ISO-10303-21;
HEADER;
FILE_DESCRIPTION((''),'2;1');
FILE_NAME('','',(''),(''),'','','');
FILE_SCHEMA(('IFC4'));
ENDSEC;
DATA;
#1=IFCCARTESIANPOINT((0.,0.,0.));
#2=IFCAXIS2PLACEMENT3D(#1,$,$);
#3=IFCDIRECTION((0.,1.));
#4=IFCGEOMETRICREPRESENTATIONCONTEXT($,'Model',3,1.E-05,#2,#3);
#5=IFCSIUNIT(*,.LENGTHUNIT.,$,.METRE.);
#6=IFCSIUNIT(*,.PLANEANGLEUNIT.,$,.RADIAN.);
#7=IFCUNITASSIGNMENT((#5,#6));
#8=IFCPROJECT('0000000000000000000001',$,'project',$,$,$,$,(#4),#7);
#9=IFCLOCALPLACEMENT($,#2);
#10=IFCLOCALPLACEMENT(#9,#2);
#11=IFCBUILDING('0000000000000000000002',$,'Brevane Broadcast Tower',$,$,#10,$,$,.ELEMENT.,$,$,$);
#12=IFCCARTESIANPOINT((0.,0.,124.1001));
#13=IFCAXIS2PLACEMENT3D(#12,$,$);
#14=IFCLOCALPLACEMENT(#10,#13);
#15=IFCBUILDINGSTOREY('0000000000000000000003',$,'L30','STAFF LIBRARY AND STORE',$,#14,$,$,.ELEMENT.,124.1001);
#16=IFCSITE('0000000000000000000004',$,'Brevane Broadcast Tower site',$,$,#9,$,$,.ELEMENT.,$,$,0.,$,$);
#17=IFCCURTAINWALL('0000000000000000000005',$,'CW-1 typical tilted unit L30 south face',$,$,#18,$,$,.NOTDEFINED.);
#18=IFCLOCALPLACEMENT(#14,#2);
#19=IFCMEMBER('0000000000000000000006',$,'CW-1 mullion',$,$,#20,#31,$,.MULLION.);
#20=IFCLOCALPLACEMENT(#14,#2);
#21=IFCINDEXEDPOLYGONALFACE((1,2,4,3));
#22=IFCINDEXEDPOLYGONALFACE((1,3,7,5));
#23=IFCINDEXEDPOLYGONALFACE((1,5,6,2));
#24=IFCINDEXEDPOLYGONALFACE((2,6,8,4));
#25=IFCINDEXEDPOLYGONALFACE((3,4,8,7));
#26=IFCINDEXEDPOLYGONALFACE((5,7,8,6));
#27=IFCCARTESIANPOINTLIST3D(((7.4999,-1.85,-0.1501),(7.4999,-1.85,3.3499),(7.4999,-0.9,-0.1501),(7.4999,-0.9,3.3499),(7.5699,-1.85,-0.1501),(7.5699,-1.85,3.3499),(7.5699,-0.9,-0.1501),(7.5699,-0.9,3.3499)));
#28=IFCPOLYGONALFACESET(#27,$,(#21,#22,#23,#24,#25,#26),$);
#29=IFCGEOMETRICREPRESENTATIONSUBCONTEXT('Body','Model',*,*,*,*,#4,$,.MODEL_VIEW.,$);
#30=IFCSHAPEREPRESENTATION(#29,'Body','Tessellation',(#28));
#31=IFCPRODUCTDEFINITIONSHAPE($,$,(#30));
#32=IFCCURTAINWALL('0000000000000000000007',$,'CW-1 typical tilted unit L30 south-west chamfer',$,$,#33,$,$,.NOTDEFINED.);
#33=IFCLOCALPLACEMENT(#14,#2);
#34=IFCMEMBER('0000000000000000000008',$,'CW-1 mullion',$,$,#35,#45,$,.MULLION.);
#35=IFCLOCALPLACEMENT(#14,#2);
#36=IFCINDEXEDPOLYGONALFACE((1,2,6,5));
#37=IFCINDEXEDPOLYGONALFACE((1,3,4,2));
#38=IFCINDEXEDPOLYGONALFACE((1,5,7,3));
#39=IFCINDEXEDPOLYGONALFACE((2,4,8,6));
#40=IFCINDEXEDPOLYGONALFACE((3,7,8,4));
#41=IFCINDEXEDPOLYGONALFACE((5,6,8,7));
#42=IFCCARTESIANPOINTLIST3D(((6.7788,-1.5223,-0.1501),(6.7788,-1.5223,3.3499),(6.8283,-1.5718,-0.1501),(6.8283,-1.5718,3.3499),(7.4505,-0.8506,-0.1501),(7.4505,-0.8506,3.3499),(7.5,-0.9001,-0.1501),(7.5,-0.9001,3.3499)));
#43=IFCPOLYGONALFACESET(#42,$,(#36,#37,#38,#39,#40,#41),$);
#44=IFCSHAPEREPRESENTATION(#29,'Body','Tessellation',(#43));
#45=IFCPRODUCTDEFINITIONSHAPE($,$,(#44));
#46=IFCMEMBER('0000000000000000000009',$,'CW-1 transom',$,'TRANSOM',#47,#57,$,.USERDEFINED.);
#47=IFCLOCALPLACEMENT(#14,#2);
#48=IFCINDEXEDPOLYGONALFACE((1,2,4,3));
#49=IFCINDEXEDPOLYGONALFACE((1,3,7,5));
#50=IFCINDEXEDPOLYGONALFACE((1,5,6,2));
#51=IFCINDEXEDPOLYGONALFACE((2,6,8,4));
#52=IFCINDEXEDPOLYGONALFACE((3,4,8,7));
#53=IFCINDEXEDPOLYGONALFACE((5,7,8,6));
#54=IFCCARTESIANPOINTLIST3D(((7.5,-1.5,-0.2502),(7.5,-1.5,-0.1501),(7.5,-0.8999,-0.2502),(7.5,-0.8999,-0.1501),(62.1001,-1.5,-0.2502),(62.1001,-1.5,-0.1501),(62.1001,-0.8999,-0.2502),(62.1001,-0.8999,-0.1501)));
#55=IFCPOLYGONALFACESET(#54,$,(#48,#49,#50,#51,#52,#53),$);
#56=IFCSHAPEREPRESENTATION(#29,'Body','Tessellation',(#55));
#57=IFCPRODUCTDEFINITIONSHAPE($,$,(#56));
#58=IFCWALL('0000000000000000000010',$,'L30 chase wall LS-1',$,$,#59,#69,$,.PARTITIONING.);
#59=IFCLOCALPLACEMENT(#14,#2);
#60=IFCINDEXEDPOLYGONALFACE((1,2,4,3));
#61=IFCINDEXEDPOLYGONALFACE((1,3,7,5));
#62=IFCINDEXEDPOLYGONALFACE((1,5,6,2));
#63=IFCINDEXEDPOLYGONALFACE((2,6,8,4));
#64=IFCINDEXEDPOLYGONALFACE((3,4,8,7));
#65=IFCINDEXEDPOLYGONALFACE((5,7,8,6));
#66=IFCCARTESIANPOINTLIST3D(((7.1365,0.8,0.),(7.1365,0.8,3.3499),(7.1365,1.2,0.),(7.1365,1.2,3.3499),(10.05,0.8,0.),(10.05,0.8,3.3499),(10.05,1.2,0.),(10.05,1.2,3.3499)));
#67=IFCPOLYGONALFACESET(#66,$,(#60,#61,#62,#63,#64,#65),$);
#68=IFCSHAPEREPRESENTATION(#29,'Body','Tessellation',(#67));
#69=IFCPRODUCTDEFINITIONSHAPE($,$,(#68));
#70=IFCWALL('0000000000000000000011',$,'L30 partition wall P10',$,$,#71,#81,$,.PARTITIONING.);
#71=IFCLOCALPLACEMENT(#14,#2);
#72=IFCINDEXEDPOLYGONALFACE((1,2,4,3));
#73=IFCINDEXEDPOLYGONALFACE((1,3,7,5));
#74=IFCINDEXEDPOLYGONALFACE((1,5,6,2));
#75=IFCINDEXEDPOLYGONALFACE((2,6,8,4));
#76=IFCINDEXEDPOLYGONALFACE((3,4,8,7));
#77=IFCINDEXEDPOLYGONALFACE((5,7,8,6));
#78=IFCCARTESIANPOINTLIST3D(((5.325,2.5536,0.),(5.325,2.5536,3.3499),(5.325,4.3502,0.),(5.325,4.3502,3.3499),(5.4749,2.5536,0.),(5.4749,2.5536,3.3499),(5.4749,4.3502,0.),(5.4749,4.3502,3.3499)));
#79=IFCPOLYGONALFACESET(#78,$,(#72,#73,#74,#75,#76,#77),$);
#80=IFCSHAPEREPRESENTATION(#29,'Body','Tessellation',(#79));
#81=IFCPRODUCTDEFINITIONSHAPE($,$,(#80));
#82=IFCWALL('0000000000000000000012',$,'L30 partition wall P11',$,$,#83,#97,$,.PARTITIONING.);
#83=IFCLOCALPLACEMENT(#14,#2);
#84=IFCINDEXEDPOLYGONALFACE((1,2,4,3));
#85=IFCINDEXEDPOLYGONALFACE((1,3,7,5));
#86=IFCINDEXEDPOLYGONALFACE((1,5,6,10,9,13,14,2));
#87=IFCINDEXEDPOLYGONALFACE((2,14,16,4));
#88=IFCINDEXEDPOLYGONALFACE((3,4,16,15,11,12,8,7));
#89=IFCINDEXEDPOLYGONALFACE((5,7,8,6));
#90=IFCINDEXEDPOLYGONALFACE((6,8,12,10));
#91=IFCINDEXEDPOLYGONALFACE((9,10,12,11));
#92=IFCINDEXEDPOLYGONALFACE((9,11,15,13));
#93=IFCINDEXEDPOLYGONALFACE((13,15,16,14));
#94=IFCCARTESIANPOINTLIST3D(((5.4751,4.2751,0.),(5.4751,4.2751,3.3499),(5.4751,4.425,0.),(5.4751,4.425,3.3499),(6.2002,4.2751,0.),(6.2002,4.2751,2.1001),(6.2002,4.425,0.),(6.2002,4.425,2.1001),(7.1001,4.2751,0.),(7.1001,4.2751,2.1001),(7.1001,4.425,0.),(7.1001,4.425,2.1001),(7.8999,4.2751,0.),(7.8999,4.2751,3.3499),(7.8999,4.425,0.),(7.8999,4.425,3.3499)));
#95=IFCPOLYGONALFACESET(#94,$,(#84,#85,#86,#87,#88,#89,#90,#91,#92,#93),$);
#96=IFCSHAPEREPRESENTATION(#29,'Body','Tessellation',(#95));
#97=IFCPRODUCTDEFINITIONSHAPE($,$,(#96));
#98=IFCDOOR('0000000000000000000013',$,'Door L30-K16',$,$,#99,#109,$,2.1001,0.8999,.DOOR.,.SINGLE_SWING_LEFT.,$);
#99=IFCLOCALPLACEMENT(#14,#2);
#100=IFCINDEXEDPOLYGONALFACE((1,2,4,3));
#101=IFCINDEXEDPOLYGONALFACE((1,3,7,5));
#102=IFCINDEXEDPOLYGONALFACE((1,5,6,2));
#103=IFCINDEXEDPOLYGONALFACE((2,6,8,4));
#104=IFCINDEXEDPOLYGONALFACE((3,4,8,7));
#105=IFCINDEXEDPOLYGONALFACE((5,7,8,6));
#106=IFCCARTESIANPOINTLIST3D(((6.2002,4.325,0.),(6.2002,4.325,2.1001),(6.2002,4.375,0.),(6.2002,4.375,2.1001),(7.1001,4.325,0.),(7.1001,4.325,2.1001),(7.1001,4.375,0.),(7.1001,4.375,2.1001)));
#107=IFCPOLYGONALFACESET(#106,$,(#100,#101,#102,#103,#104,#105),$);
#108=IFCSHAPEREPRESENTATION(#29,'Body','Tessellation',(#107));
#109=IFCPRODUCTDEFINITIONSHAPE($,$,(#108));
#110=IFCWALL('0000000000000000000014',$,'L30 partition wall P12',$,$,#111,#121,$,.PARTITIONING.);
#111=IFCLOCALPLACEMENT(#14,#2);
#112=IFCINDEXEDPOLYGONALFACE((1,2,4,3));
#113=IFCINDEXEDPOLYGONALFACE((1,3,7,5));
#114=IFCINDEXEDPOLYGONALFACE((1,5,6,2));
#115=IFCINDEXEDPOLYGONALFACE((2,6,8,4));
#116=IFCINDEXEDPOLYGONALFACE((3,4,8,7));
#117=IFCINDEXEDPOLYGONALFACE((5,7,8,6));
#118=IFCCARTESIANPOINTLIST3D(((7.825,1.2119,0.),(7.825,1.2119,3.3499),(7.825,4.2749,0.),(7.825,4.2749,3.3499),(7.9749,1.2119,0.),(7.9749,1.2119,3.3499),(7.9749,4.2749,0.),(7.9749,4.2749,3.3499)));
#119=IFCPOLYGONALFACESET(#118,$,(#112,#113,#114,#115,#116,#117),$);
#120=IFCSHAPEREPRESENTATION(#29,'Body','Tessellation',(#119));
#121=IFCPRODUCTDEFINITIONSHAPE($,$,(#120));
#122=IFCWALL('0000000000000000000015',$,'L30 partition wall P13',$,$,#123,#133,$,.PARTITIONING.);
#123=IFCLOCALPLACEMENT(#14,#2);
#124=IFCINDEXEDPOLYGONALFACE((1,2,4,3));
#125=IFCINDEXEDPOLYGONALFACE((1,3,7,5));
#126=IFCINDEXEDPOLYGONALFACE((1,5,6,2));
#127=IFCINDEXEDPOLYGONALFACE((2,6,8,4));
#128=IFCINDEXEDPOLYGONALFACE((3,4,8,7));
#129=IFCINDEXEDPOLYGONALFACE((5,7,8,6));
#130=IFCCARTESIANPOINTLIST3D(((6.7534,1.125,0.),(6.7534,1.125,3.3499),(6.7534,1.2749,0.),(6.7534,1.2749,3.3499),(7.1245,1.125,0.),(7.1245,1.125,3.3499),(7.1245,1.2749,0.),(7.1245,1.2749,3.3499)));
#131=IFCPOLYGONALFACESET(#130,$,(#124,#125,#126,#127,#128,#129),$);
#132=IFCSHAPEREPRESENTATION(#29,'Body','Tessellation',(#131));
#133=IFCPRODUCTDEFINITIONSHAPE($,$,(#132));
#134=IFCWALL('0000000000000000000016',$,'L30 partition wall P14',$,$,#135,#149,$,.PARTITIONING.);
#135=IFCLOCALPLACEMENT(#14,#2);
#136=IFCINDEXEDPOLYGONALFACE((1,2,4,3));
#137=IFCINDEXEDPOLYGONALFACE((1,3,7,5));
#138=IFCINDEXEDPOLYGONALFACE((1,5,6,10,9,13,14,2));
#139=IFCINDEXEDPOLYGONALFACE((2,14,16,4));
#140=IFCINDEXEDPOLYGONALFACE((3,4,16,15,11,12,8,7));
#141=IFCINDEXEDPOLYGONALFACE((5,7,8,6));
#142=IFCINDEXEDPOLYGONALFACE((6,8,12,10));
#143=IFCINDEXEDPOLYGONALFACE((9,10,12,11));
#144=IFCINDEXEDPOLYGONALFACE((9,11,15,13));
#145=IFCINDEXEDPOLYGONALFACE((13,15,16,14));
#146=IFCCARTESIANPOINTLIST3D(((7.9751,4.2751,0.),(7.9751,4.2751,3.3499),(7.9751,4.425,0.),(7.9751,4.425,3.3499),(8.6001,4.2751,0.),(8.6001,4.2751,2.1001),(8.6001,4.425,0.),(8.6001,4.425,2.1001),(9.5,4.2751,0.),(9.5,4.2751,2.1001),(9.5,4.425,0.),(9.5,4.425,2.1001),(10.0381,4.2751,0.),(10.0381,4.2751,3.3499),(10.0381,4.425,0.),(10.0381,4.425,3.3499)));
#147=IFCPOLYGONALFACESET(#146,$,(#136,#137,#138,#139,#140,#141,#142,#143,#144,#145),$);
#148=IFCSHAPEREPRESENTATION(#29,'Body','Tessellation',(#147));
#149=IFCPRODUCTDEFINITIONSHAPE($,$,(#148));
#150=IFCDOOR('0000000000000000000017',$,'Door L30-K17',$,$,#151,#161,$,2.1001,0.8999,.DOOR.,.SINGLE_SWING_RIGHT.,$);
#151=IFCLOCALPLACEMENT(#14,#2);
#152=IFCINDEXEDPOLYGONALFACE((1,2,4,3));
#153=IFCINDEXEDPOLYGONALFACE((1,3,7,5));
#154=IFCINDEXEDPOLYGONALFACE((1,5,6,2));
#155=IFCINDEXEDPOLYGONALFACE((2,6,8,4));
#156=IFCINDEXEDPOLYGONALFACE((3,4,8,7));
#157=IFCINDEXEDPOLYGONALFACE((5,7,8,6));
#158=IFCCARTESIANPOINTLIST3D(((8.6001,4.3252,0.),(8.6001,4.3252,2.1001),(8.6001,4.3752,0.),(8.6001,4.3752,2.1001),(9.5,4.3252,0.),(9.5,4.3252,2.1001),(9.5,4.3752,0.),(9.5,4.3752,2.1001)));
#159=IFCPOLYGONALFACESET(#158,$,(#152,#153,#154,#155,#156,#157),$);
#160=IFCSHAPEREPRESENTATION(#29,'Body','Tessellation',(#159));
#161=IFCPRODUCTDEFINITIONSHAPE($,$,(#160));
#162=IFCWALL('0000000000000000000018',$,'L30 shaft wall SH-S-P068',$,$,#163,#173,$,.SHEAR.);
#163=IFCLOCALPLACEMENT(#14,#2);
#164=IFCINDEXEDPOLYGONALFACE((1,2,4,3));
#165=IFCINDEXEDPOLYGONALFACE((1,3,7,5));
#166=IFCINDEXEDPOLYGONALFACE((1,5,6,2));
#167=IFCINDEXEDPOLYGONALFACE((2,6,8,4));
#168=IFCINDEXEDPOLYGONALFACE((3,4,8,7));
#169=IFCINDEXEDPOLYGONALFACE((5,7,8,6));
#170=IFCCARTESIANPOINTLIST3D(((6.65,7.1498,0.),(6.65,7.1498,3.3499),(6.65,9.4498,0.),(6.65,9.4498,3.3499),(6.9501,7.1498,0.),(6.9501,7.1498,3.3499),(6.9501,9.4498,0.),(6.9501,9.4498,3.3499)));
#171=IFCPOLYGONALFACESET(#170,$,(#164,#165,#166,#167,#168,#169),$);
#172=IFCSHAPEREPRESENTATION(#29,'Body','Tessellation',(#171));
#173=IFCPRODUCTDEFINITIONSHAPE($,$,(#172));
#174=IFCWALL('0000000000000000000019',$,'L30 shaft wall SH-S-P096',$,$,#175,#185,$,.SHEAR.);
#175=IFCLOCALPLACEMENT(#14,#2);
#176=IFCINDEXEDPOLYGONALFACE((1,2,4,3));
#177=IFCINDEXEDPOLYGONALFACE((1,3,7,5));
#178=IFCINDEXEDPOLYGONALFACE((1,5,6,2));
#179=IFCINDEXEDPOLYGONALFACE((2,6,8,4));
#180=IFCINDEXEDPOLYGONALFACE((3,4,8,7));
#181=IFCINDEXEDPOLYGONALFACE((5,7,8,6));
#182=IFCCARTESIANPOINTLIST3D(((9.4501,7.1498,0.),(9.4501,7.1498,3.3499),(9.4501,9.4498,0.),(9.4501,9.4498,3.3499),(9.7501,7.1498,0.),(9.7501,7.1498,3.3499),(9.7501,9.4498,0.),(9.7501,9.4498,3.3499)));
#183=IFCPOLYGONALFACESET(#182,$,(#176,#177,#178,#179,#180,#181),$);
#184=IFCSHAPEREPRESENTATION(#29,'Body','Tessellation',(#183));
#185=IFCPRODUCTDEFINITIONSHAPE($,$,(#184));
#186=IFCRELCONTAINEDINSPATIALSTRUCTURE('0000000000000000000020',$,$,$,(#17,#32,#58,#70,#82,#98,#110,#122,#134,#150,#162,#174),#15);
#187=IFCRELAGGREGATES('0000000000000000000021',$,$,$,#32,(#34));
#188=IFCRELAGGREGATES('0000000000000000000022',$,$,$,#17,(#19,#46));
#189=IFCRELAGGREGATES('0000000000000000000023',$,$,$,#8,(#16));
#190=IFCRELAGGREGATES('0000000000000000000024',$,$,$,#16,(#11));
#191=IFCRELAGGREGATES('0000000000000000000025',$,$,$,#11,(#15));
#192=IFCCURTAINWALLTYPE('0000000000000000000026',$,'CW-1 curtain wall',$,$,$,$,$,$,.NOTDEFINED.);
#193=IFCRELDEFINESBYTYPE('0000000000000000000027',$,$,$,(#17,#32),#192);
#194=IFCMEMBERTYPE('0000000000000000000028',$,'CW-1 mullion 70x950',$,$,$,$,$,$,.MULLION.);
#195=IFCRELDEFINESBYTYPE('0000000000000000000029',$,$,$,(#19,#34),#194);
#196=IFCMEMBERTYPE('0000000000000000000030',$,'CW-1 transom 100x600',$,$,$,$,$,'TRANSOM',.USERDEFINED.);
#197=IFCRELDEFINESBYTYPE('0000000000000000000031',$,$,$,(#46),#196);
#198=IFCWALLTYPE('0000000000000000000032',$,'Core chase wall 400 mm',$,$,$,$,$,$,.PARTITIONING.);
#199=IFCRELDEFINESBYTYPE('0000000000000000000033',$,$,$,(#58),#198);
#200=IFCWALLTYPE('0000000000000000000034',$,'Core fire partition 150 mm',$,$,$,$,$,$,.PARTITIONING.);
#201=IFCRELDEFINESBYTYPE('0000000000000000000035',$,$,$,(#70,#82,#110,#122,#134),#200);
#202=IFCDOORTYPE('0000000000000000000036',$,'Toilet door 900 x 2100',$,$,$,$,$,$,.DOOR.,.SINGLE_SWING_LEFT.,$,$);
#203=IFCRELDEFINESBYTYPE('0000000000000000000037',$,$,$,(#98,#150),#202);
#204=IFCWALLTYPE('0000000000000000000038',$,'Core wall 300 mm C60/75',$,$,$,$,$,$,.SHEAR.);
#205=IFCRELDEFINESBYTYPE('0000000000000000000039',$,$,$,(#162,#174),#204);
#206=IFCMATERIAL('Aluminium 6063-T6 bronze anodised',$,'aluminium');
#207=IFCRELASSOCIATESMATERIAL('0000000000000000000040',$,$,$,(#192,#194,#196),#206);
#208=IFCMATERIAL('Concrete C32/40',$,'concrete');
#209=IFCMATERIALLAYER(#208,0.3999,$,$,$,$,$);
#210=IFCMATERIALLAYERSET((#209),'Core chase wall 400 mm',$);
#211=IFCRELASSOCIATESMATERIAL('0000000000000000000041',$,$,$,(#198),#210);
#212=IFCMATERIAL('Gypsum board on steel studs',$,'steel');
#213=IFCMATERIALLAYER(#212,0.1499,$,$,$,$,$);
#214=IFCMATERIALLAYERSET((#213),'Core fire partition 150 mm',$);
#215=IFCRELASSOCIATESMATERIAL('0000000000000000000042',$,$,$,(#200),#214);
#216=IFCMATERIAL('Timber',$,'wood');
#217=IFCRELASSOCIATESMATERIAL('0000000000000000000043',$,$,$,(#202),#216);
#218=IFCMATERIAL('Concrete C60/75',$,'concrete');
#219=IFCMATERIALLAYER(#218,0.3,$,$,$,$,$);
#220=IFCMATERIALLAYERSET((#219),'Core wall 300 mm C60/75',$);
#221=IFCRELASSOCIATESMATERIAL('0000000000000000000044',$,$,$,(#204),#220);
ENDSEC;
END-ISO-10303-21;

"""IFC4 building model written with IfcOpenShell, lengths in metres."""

from ifc_helpers import new_model, si_unit, direction, frame, frame_2d, origin, origin_2d, place, context, subcontext, project, spatial, rectangle, extrude, material, layer, layer_set, material_profile, profile_set, type_object, element, fill, aggregate, save


model = new_model("IFC4")

# Units and contexts
model_context = context("Model", 3, precision=1e-05, world=origin(), true_north=direction((0.0, 1.0)))
body_context = subcontext(model_context, "Body", "Model", "MODEL_VIEW")
ifc_project = project(units=[si_unit("LENGTHUNIT", "METRE"), si_unit("PLANEANGLEUNIT", "RADIAN")], contexts=[model_context])

# Site, building, storey
site_placement = place(None, origin())
site = spatial("IfcSite", under=ifc_project, at=site_placement, Name="Brevane Broadcast Tower site", CompositionType="ELEMENT", RefElevation=0.0)
building_placement = place(site_placement, origin())
building = spatial("IfcBuilding", under=site, at=building_placement, Name="Brevane Broadcast Tower", CompositionType="ELEMENT")
storey_placement = place(building_placement, frame((0.0, 0.0, 124.1001)))
storey = spatial("IfcBuildingStorey", under=building, at=storey_placement, Name="L30", Description="STAFF LIBRARY AND STORE", CompositionType="ELEMENT", Elevation=124.1001)

# Curtain walls, members
ifc_material_1 = material(Name="Aluminium 6063-T6 bronze anodised", Category="aluminium")
curtain_wall_type = type_object("IfcCurtainWallType", Name="CW-1 curtain wall", PredefinedType="NOTDEFINED", material=ifc_material_1)
curtain_wall_1_placement = place(storey_placement, origin())
curtain_wall_1 = element("IfcCurtainWall", 1, at=curtain_wall_1_placement, inside=storey, type_object=curtain_wall_type, Name="CW-1 typical tilted unit L30 south face", PredefinedType="NOTDEFINED")
ifc_material_profile_1 = material_profile(ifc_material_1, rectangle(XDim=0.95, YDim=0.0701, at=origin_2d()), Name="RECT 70x950")
ifc_profile_set_1 = profile_set([ifc_material_profile_1], Name="Aluminium 6063-T6 bronze anodised")
member_type_1 = type_object("IfcMemberType", Name="CW-1 mullion 70x950", PredefinedType="MULLION", material=ifc_profile_set_1)
member_1_placement = place(storey_placement, frame((7.5349, -1.375, -0.1501), z_axis=(0.0, 0.0, 1.0), x_axis=(0.0, 1.0, 0.0)))
member_1 = element("IfcMember", 2, at=member_1_placement, type_object=member_type_1, Name="CW-1 mullion", PredefinedType="MULLION", context=body_context, shape_type="SweptSolid", body=[
    extrude(rectangle(XDim=0.95, YDim=0.0701, at=origin_2d()), origin(), (0.0, 0.0, 1.0), 3.5),
])
curtain_wall_2_placement = place(storey_placement, origin())
curtain_wall_2 = element("IfcCurtainWall", 3, at=curtain_wall_2_placement, inside=storey, type_object=curtain_wall_type, Name="CW-1 typical tilted unit L30 south-west chamfer", PredefinedType="NOTDEFINED")
member_2_placement = place(storey_placement, frame((7.1394, -1.2112, -0.1501), z_axis=(0.0, 0.0, 1.0), x_axis=(0.707107, 0.707107, 0.0)))
member_2 = element("IfcMember", 4, at=member_2_placement, type_object=member_type_1, Name="CW-1 mullion", PredefinedType="MULLION", context=body_context, shape_type="SweptSolid", body=[
    extrude(rectangle(XDim=0.95, YDim=0.0701, at=origin_2d()), origin(), (0.0, 0.0, 1.0), 3.5),
])
aggregate(curtain_wall_2, [member_2])

# Member
ifc_material_profile_2 = material_profile(ifc_material_1, rectangle(XDim=0.6001, YDim=0.1001, at=origin_2d()), Name="RECT 100x600")
ifc_profile_set_2 = profile_set([ifc_material_profile_2], Name="Aluminium 6063-T6 bronze anodised")
member_type_2 = type_object("IfcMemberType", Name="CW-1 transom 100x600", ElementType="TRANSOM", PredefinedType="USERDEFINED", material=ifc_profile_set_2)
member_3_placement = place(storey_placement, frame((7.5, -1.2, -0.2002), z_axis=(1.0, 0.0, 0.0), x_axis=(0.0, 1.0, 0.0)))
member_3 = element("IfcMember", 5, at=member_3_placement, type_object=member_type_2, Name="CW-1 transom", ObjectType="TRANSOM", PredefinedType="USERDEFINED", context=body_context, shape_type="SweptSolid", body=[
    extrude(rectangle(XDim=0.6001, YDim=0.1001, at=origin_2d()), origin(), (0.0, 0.0, 1.0), 54.6001),
])
aggregate(curtain_wall_1, [member_1, member_3])

# Walls
ifc_material_2 = material(Name="Concrete C32/40", Category="concrete")
ifc_layer_1 = layer(ifc_material_2, 0.3999)
ifc_layer_set_1 = layer_set([ifc_layer_1], Name="Core chase wall 400 mm")
wall_type_1 = type_object("IfcWallType", Name="Core chase wall 400 mm", PredefinedType="PARTITIONING", material=ifc_layer_set_1)
wall_1_placement = place(storey_placement, frame((7.1365, 1.0, 0.0), z_axis=(0.0, 0.0, 1.0), x_axis=(1.0, 0.0, 0.0)))
element("IfcWall", 6, at=wall_1_placement, inside=storey, type_object=wall_type_1, Name="L30 chase wall LS-1", PredefinedType="PARTITIONING", context=body_context, shape_type="SweptSolid", body=[
    extrude(rectangle(XDim=2.9136, YDim=0.3999, at=frame_2d((1.4568, 0.0))), origin(), (0.0, 0.0, 1.0), 3.3499),
])
ifc_material_3 = material(Name="Gypsum board on steel studs", Category="steel")
ifc_layer_2 = layer(ifc_material_3, 0.1499)
ifc_layer_set_2 = layer_set([ifc_layer_2], Name="Core fire partition 150 mm")
wall_type_2 = type_object("IfcWallType", Name="Core fire partition 150 mm", PredefinedType="PARTITIONING", material=ifc_layer_set_2)
wall_2_placement = place(storey_placement, frame((5.3999, 2.5535, 0.0), z_axis=(0.0, 0.0, 1.0), x_axis=(0.0, 1.0, 0.0)))
element("IfcWall", 7, at=wall_2_placement, inside=storey, type_object=wall_type_2, Name="L30 partition wall P10", PredefinedType="PARTITIONING", context=body_context, shape_type="SweptSolid", body=[
    extrude(rectangle(XDim=1.7966, YDim=0.1499, at=frame_2d((0.8984, 0.0))), origin(), (0.0, 0.0, 1.0), 3.3499),
])

# Wall, opening, door
wall_3_placement = place(storey_placement, frame((5.4751, 4.3501, 0.0), z_axis=(0.0, 0.0, 1.0), x_axis=(1.0, 0.0, 0.0)))
wall_3 = element("IfcWall", 8, at=wall_3_placement, inside=storey, type_object=wall_type_2, Name="L30 partition wall P11", PredefinedType="PARTITIONING", context=body_context, shape_type="SweptSolid", body=[
    extrude(rectangle(XDim=2.4248, YDim=0.1499, at=frame_2d((1.2124, 0.0))), origin(), (0.0, 0.0, 1.0), 3.3499),
])
opening_1_placement = place(wall_3_placement, frame((0.7251, 0.0, 0.0)))
opening_1 = element("IfcOpeningElement", 9, at=opening_1_placement, cuts=wall_3, PredefinedType="OPENING", context=body_context, shape_type="SweptSolid", body=[
    extrude(rectangle(XDim=0.8999, YDim=2.1001, at=frame_2d((0.45, 1.05))), frame((0.0, 0.085, 0.0), z_axis=(0.0, -1.0, 0.0), x_axis=(1.0, 0.0, 0.0)), (0.0, 0.0, 1.0), 0.1699),
])
ifc_material_4 = material(Name="Timber", Category="wood")
door_type = type_object("IfcDoorType", Name="Toilet door 900 x 2100", OperationType="SINGLE_SWING_LEFT", PredefinedType="DOOR", material=ifc_material_4)
door_1_placement = place(opening_1_placement, origin())
door_1 = element("IfcDoor", 10, at=door_1_placement, inside=storey, type_object=door_type, Name="Door L30-K16", OperationType="SINGLE_SWING_LEFT", OverallHeight=2.1001, OverallWidth=0.8999, PredefinedType="DOOR", context=body_context, shape_type="SweptSolid", body=[
    extrude(rectangle(XDim=0.8999, YDim=2.1001, at=frame_2d((0.45, 1.05))), frame((0.0, 0.0249, 0.0), z_axis=(0.0, -1.0, 0.0), x_axis=(1.0, 0.0, 0.0)), (0.0, 0.0, 1.0), 0.05),
])
fill(opening_1, door_1)

# Walls
wall_4_placement = place(storey_placement, frame((7.8999, 4.2749, 0.0), z_axis=(0.0, 0.0, 1.0), x_axis=(0.0, -1.0, 0.0)))
element("IfcWall", 11, at=wall_4_placement, inside=storey, type_object=wall_type_2, Name="L30 partition wall P12", PredefinedType="PARTITIONING", context=body_context, shape_type="SweptSolid", body=[
    extrude(rectangle(XDim=3.063, YDim=0.1499, at=frame_2d((1.5315, 0.0))), origin(), (0.0, 0.0, 1.0), 3.3499),
])
wall_5_placement = place(storey_placement, frame((7.1245, 1.2, 0.0), z_axis=(0.0, 0.0, 1.0), x_axis=(-1.0, 0.0, 0.0)))
element("IfcWall", 12, at=wall_5_placement, inside=storey, type_object=wall_type_2, Name="L30 partition wall P13", PredefinedType="PARTITIONING", context=body_context, shape_type="SweptSolid", body=[
    extrude(rectangle(XDim=0.3711, YDim=0.1499, at=frame_2d((0.1855, 0.0))), origin(), (0.0, 0.0, 1.0), 3.3499),
])

# Wall, opening, door
wall_6_placement = place(storey_placement, frame((10.0381, 4.3501, 0.0), z_axis=(0.0, 0.0, 1.0), x_axis=(-1.0, 0.0, 0.0)))
wall_6 = element("IfcWall", 13, at=wall_6_placement, inside=storey, type_object=wall_type_2, Name="L30 partition wall P14", PredefinedType="PARTITIONING", context=body_context, shape_type="SweptSolid", body=[
    extrude(rectangle(XDim=2.063, YDim=0.1499, at=frame_2d((1.0315, 0.0))), origin(), (0.0, 0.0, 1.0), 3.3499),
])
opening_2_placement = place(wall_6_placement, frame((0.5381, 0.0, 0.0)))
opening_2 = element("IfcOpeningElement", 14, at=opening_2_placement, cuts=wall_6, PredefinedType="OPENING", context=body_context, shape_type="SweptSolid", body=[
    extrude(rectangle(XDim=0.8999, YDim=2.1001, at=frame_2d((0.45, 1.05))), frame((0.0, 0.085, 0.0), z_axis=(0.0, -1.0, 0.0), x_axis=(1.0, 0.0, 0.0)), (0.0, 0.0, 1.0), 0.1699),
])
door_2_placement = place(opening_2_placement, origin())
door_2 = element("IfcDoor", 15, at=door_2_placement, inside=storey, type_object=door_type, Name="Door L30-K17", OperationType="SINGLE_SWING_RIGHT", OverallHeight=2.1001, OverallWidth=0.8999, PredefinedType="DOOR", context=body_context, shape_type="SweptSolid", body=[
    extrude(rectangle(XDim=0.8999, YDim=2.1001, at=frame_2d((0.45, 1.05))), frame((0.0, 0.0249, 0.0), z_axis=(0.0, -1.0, 0.0), x_axis=(1.0, 0.0, 0.0)), (0.0, 0.0, 1.0), 0.05),
])
fill(opening_2, door_2)

# Walls
ifc_material_5 = material(Name="Concrete C60/75", Category="concrete")
ifc_layer_3 = layer(ifc_material_5, 0.3)
ifc_layer_set_3 = layer_set([ifc_layer_3], Name="Core wall 300 mm C60/75")
wall_type_3 = type_object("IfcWallType", Name="Core wall 300 mm C60/75", PredefinedType="SHEAR", material=ifc_layer_set_3)
for number, where, z_axis, x_axis, name in (
    (16, (6.8, 7.1499, 0.0), (0.0, 0.0, 1.0), (0.0, 1.0, 0.0), "L30 shaft wall SH-S-P068"),
    (17, (9.6001, 7.1499, 0.0), (0.0, 0.0, 1.0), (0.0, 1.0, 0.0), "L30 shaft wall SH-S-P096"),
):
    element("IfcWall", number, at=place(storey_placement, frame(where, z_axis=z_axis, x_axis=x_axis)), inside=storey, type_object=wall_type_3, Name=name, PredefinedType="SHEAR", context=body_context, shape_type="SweptSolid", body=[
        extrude(rectangle(XDim=2.3, YDim=0.3, at=frame_2d((1.1499, 0.0))), origin(), (0.0, 0.0, 1.0), 3.3499),
    ])

save(model, "model.ifc")
